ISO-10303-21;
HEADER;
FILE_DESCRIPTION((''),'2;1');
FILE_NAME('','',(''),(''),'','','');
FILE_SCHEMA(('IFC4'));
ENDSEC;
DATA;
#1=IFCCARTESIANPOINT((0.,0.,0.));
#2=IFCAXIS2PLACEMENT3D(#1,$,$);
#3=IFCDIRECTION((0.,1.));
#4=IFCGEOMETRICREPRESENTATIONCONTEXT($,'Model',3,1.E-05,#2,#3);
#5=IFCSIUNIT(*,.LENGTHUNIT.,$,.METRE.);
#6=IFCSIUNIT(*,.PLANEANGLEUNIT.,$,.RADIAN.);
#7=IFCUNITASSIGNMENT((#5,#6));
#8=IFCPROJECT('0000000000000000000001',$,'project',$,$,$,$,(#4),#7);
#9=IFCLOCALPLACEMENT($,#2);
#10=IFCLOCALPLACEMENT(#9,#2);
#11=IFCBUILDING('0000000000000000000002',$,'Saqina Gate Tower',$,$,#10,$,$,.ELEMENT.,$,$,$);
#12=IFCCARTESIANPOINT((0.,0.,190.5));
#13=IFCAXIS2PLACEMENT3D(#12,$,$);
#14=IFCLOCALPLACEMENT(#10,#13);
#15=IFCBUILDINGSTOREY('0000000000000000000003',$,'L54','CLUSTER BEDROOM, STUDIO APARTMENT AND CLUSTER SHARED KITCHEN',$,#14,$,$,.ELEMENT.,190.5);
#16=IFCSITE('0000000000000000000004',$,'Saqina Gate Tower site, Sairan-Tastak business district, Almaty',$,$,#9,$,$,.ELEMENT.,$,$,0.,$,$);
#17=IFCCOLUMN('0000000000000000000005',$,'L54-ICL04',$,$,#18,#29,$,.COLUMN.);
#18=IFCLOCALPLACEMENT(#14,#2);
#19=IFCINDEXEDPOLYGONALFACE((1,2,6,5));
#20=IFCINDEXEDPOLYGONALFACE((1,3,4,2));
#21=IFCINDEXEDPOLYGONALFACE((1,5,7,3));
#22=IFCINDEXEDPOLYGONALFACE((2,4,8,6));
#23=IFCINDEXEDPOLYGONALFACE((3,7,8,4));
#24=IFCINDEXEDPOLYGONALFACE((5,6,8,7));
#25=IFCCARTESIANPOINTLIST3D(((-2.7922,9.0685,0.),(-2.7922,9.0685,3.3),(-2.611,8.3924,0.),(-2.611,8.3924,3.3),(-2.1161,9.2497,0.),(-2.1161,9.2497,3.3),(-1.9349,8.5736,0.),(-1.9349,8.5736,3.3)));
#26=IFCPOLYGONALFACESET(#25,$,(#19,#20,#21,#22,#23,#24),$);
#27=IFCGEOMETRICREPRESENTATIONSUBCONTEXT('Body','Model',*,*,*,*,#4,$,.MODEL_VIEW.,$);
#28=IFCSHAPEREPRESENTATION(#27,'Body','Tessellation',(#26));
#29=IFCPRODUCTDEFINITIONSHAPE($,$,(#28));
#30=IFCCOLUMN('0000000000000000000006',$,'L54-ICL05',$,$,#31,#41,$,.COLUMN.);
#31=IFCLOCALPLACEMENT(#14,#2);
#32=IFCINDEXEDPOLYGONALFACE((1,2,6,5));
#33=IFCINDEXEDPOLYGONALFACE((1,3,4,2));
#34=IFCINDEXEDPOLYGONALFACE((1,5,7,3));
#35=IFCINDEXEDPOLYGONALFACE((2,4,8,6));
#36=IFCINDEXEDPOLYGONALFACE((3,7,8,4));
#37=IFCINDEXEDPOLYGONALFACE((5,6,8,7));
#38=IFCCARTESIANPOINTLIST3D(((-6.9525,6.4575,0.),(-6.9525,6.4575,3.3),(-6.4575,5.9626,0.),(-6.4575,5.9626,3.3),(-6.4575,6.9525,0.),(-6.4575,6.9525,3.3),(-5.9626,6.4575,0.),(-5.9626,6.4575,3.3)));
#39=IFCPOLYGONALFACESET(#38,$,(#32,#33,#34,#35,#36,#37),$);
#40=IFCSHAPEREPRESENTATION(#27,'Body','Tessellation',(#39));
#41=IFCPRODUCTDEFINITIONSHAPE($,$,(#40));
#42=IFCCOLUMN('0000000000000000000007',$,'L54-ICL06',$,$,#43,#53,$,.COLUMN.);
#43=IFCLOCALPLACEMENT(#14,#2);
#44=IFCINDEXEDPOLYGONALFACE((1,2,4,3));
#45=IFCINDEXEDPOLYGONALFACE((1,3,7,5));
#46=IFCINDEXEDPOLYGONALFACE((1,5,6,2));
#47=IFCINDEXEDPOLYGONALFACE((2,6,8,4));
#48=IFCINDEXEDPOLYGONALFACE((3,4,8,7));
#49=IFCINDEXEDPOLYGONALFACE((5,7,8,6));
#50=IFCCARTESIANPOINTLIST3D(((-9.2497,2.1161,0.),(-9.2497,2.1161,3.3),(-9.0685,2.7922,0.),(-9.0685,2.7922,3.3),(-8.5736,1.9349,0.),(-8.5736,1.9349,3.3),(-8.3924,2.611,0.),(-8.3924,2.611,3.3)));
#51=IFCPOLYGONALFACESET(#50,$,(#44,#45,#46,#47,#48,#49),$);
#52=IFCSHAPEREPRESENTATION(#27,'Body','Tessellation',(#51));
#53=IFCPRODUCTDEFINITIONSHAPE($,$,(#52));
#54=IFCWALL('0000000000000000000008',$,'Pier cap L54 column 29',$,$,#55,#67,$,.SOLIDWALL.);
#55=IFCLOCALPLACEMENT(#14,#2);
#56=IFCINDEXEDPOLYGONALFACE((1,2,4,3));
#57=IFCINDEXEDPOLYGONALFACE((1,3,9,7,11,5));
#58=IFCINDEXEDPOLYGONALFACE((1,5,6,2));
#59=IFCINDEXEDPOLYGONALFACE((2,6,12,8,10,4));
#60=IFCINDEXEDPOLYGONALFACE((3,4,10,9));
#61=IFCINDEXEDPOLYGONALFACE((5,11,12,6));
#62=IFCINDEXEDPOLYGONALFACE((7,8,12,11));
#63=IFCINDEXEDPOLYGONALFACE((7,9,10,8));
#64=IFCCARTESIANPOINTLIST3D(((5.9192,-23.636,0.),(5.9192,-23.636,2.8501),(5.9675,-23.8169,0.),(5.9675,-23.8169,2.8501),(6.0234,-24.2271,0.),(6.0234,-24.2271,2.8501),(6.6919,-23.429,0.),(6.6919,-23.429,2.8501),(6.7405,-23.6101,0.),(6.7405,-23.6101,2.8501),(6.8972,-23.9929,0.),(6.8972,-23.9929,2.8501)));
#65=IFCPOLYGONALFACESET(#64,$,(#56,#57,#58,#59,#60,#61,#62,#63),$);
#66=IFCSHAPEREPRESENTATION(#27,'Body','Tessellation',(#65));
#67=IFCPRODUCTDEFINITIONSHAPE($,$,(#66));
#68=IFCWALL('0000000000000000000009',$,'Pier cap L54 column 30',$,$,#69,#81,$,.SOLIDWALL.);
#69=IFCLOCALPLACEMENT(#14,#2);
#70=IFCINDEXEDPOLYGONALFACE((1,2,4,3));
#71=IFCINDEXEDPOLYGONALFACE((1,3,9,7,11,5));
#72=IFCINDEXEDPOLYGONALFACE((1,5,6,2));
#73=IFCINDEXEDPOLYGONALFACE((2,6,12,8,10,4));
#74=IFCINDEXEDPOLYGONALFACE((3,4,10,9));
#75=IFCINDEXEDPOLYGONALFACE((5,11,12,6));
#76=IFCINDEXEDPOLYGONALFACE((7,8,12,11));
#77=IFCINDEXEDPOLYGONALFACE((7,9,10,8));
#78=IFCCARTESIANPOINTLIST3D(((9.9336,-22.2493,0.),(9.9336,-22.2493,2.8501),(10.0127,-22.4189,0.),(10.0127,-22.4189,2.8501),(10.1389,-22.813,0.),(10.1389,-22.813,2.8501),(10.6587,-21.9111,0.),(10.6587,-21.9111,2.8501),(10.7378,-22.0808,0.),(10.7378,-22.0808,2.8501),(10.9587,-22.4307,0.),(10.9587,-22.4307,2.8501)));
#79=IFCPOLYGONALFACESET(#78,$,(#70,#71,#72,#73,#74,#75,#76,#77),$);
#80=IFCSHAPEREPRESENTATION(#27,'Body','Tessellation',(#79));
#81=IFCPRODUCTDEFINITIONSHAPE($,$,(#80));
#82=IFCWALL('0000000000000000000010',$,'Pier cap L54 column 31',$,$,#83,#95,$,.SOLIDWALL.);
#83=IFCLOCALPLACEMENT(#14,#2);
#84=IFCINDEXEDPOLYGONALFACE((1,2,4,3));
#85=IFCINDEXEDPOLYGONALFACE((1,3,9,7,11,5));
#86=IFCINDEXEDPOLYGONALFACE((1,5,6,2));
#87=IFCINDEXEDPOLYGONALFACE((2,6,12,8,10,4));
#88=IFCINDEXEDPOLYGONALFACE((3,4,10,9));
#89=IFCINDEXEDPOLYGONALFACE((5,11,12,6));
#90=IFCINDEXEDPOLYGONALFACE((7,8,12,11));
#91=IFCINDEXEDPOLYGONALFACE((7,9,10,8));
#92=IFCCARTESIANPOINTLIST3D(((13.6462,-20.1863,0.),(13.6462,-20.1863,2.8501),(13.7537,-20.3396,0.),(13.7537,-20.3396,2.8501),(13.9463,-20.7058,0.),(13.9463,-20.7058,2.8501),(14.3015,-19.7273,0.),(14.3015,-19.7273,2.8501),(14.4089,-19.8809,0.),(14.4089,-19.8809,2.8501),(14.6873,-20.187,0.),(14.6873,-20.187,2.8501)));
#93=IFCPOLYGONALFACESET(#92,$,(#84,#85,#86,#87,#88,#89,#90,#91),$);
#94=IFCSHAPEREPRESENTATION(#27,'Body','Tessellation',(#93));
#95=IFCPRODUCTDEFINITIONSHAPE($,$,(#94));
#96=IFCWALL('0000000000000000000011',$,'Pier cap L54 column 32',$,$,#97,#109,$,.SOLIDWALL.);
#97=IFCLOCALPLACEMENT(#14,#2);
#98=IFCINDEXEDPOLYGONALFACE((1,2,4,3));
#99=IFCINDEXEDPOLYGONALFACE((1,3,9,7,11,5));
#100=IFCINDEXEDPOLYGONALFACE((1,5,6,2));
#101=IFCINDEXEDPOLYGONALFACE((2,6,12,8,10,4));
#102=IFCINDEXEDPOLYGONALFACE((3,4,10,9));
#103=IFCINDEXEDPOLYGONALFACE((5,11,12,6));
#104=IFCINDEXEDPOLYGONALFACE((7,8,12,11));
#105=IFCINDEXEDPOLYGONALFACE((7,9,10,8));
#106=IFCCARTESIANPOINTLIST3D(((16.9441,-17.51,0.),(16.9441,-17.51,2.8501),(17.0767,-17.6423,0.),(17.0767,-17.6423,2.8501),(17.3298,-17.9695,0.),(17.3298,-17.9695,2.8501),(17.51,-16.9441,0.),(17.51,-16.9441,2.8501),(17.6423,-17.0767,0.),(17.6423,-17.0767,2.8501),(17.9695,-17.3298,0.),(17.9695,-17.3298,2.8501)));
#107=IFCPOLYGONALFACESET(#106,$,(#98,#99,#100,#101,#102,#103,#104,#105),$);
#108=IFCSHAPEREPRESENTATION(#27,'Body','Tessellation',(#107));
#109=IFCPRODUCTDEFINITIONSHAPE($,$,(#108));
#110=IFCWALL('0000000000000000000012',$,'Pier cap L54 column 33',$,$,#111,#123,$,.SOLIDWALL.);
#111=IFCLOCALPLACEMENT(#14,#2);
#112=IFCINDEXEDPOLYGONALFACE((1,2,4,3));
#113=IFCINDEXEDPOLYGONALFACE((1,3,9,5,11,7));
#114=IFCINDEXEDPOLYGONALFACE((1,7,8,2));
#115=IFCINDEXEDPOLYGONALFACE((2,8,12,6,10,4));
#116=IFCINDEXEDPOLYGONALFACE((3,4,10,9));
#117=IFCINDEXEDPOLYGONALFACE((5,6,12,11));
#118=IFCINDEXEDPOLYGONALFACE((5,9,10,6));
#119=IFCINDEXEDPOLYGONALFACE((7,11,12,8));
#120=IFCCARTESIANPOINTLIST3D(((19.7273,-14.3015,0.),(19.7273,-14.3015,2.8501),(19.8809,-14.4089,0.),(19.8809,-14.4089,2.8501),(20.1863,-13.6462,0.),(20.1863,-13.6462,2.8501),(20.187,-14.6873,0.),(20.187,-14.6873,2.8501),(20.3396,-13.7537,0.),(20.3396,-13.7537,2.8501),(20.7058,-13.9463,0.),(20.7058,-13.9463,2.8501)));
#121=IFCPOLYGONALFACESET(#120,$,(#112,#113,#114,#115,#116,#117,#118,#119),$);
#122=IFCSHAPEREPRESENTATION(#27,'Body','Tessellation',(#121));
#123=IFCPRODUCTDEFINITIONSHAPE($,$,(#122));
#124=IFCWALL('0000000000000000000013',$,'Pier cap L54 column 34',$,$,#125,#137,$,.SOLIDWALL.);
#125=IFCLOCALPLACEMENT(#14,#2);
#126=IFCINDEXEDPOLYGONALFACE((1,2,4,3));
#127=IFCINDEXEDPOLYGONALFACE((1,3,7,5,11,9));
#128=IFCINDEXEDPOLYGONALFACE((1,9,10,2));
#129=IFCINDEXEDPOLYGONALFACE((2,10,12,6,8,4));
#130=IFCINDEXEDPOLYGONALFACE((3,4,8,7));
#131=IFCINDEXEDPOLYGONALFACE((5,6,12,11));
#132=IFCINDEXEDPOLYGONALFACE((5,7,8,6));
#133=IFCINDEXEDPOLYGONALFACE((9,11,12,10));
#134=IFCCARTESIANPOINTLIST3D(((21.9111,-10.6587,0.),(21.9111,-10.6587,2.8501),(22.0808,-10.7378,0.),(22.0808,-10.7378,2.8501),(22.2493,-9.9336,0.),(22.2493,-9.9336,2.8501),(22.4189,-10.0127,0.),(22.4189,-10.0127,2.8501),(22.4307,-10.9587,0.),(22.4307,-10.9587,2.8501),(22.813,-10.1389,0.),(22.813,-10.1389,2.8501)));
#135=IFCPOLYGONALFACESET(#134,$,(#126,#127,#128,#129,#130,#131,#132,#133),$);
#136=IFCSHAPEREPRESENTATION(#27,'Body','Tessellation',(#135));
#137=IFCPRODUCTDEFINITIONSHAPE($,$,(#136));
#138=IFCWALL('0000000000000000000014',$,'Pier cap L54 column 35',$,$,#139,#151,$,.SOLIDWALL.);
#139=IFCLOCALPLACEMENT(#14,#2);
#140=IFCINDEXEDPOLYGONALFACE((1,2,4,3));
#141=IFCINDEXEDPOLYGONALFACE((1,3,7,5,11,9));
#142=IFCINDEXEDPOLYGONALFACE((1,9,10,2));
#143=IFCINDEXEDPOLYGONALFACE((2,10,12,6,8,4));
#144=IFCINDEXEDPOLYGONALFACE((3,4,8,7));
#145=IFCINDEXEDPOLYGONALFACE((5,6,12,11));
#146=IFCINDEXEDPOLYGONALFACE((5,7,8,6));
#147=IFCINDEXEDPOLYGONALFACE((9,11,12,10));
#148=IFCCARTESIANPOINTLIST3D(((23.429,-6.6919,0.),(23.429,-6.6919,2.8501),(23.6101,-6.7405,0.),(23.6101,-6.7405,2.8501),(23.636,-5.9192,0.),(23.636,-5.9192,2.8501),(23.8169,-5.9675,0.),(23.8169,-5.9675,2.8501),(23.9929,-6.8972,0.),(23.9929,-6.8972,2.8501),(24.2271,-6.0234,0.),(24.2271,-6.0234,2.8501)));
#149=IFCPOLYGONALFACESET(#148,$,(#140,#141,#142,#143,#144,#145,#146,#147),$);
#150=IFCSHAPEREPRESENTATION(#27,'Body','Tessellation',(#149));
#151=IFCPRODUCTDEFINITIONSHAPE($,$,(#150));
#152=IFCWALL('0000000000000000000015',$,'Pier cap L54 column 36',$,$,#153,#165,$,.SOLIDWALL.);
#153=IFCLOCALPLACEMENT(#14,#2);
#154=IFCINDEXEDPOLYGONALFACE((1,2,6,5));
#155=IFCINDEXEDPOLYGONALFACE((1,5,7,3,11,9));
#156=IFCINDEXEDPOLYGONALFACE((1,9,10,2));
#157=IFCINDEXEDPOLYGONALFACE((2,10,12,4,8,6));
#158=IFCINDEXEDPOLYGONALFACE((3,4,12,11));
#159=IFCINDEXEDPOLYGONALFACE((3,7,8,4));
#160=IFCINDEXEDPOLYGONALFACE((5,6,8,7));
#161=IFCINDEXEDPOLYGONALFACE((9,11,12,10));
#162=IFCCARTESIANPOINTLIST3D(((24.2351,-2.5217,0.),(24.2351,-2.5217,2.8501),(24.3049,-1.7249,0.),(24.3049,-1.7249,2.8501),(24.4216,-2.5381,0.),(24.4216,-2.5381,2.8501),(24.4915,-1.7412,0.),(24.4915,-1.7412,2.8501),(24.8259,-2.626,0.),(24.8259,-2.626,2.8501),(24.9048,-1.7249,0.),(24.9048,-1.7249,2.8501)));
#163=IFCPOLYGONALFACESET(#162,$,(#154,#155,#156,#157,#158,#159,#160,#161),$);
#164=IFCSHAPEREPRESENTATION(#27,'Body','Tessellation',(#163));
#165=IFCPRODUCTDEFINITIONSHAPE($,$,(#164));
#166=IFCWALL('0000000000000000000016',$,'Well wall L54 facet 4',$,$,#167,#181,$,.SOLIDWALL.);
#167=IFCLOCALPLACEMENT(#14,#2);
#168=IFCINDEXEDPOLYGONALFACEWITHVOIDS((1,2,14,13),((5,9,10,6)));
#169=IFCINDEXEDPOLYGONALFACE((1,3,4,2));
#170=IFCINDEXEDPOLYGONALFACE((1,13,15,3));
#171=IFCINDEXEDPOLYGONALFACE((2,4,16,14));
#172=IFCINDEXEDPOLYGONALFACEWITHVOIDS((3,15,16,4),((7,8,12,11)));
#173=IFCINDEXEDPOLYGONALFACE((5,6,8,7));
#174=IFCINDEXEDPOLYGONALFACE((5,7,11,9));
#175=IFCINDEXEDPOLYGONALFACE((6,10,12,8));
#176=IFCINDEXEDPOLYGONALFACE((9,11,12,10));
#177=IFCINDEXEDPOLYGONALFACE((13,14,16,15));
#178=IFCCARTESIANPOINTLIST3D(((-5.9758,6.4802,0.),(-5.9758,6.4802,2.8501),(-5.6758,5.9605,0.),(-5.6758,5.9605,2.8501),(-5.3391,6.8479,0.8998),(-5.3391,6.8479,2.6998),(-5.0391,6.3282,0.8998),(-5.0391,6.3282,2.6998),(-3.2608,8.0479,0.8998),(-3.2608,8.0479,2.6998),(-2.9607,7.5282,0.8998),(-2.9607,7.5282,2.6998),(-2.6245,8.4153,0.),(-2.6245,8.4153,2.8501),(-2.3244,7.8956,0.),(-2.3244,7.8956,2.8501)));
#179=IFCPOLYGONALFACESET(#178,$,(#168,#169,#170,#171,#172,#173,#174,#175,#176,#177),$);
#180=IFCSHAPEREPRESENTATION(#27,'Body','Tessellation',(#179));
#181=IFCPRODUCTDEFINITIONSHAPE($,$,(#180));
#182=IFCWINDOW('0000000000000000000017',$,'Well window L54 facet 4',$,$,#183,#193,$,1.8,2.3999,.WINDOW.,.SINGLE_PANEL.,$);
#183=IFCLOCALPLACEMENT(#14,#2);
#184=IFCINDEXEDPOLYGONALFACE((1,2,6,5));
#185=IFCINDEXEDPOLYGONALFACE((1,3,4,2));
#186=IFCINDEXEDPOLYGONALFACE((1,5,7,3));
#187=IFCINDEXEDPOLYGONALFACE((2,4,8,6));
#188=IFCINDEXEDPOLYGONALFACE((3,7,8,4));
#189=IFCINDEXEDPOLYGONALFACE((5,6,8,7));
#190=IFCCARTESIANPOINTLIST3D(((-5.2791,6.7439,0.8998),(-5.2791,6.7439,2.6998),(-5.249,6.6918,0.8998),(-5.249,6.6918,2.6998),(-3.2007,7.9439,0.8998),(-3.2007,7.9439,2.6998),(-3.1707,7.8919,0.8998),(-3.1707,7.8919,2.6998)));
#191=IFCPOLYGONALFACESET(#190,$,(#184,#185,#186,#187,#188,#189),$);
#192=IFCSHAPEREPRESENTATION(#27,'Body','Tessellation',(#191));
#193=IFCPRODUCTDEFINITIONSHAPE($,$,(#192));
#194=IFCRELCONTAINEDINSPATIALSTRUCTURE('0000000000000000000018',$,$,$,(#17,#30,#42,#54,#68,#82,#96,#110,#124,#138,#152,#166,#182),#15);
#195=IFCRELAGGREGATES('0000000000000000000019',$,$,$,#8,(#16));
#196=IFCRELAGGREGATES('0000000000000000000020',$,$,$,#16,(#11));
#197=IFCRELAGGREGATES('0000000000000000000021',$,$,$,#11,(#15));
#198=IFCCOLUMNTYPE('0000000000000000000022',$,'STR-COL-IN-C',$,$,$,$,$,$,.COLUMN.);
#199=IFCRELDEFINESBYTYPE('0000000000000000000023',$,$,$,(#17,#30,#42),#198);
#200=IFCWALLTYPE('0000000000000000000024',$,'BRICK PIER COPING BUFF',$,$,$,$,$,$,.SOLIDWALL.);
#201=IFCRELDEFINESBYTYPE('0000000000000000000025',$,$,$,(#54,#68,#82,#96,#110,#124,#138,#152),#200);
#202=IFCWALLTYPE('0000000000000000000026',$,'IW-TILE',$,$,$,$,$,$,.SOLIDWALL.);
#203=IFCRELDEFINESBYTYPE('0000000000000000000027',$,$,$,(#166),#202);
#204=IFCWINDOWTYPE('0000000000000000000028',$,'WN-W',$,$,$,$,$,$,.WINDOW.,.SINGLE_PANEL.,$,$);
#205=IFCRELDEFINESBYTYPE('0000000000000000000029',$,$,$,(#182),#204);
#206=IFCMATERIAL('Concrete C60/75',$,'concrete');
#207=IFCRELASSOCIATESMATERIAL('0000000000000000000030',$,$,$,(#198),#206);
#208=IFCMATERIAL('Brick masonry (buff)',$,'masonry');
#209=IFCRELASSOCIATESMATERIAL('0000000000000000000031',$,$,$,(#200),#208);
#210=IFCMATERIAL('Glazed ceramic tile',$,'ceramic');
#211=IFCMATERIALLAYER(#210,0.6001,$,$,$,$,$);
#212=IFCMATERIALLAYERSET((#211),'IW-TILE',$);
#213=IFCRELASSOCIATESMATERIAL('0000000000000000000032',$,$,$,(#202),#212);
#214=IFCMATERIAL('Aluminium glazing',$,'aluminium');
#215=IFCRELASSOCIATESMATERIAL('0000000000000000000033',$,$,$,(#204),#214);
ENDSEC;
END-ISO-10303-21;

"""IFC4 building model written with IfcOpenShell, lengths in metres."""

from ifc_helpers import new_model, si_unit, direction, frame, frame_2d, origin, origin_2d, place, context, subcontext, project, spatial, polyline, rectangle, outline, extrude, material, layer, layer_set, material_profile, profile_set, type_object, element, fill, save


model = new_model("IFC4")

# Units and contexts
model_context = context("Model", 3, precision=1e-05, world=origin(), true_north=direction((0.0, 1.0)))
body_context = subcontext(model_context, "Body", "Model", "MODEL_VIEW")
ifc_project = project(units=[si_unit("LENGTHUNIT", "METRE"), si_unit("PLANEANGLEUNIT", "RADIAN")], contexts=[model_context])

# Site, building, storey
site_placement = place(None, origin())
site = spatial("IfcSite", under=ifc_project, at=site_placement, Name="Saqina Gate Tower site, Sairan-Tastak business district, Almaty", CompositionType="ELEMENT", RefElevation=0.0)
building_placement = place(site_placement, origin())
building = spatial("IfcBuilding", under=site, at=building_placement, Name="Saqina Gate Tower", CompositionType="ELEMENT")
storey_placement = place(building_placement, frame((0.0, 0.0, 190.5)))
storey = spatial("IfcBuildingStorey", under=building, at=storey_placement, Name="L54", Description="CLUSTER BEDROOM, STUDIO APARTMENT AND CLUSTER SHARED KITCHEN", CompositionType="ELEMENT", Elevation=190.5)

# Columns
ifc_material_1 = material(Name="Concrete C60/75", Category="concrete")
ifc_material_profile = material_profile(ifc_material_1, rectangle(XDim=0.7, YDim=0.7, at=origin_2d()), Name="RC 700x700")
ifc_profile_set = profile_set([ifc_material_profile], Name="Concrete C60/75")
column_type = type_object("IfcColumnType", Name="STR-COL-IN-C", PredefinedType="COLUMN", material=ifc_profile_set)
for number, where, z_axis, x_axis, name in (
    (1, (-2.3635, 8.821, 0.0), (0.0, 0.0, 1.0), (-0.258819, 0.965926, 0.0), "L54-ICL04"),
    (2, (-6.4575, 6.4575, 0.0), (0.0, 0.0, 1.0), (-0.707107, 0.707107, 0.0), "L54-ICL05"),
    (3, (-8.821, 2.3635, 0.0), (0.0, 0.0, 1.0), (-0.965926, 0.258819, 0.0), "L54-ICL06"),
):
    element("IfcColumn", number, at=place(storey_placement, frame(where, z_axis=z_axis, x_axis=x_axis)), inside=storey, type_object=column_type, Name=name, PredefinedType="COLUMN", context=body_context, shape_type="SweptSolid", body=[
        extrude(rectangle(XDim=0.7, YDim=0.7, at=origin_2d()), origin(), (0.0, 0.0, 1.0), 3.3),
    ])

# Walls
ifc_material_2 = material(Name="Brick masonry (buff)", Category="masonry")
wall_type_1 = type_object("IfcWallType", Name="BRICK PIER COPING BUFF", PredefinedType="SOLIDWALL", material=ifc_material_2)
wall_1_placement = place(storey_placement, origin())
element("IfcWall", 4, at=wall_1_placement, inside=storey, type_object=wall_type_1, Name="Pier cap L54 column 29", PredefinedType="SOLIDWALL", context=body_context, shape_type="SweptSolid", body=[
    extrude(outline(polyline([(6.0234, -24.2271), (6.8972, -23.9929), (6.6919, -23.429), (6.7405, -23.6101), (5.9675, -23.8169), (5.9192, -23.636), (6.0234, -24.2271)])), origin(), (0.0, 0.0, 1.0), 2.8501),
])
wall_2_placement = place(storey_placement, origin())
element("IfcWall", 5, at=wall_2_placement, inside=storey, type_object=wall_type_1, Name="Pier cap L54 column 30", PredefinedType="SOLIDWALL", context=body_context, shape_type="SweptSolid", body=[
    extrude(outline(polyline([(10.9587, -22.4307), (10.6587, -21.9111), (10.7378, -22.0808), (10.0127, -22.4189), (9.9336, -22.2493), (10.1389, -22.813), (10.9587, -22.4307)])), origin(), (0.0, 0.0, 1.0), 2.8501),
])
wall_3_placement = place(storey_placement, origin())
element("IfcWall", 6, at=wall_3_placement, inside=storey, type_object=wall_type_1, Name="Pier cap L54 column 31", PredefinedType="SOLIDWALL", context=body_context, shape_type="SweptSolid", body=[
    extrude(outline(polyline([(13.9463, -20.7058), (14.6873, -20.187), (14.3015, -19.7273), (14.4089, -19.8809), (13.7537, -20.3396), (13.6462, -20.1863), (13.9463, -20.7058)])), origin(), (0.0, 0.0, 1.0), 2.8501),
])
wall_4_placement = place(storey_placement, origin())
element("IfcWall", 7, at=wall_4_placement, inside=storey, type_object=wall_type_1, Name="Pier cap L54 column 32", PredefinedType="SOLIDWALL", context=body_context, shape_type="SweptSolid", body=[
    extrude(outline(polyline([(17.9695, -17.3298), (17.51, -16.9441), (17.6423, -17.0767), (17.0767, -17.6423), (16.9441, -17.51), (17.3298, -17.9695), (17.9695, -17.3298)])), origin(), (0.0, 0.0, 1.0), 2.8501),
])
wall_5_placement = place(storey_placement, origin())
element("IfcWall", 8, at=wall_5_placement, inside=storey, type_object=wall_type_1, Name="Pier cap L54 column 33", PredefinedType="SOLIDWALL", context=body_context, shape_type="SweptSolid", body=[
    extrude(outline(polyline([(20.187, -14.6873), (20.7058, -13.9463), (20.1863, -13.6462), (20.3396, -13.7537), (19.8809, -14.4089), (19.7273, -14.3015), (20.187, -14.6873)])), origin(), (0.0, 0.0, 1.0), 2.8501),
])
wall_6_placement = place(storey_placement, origin())
element("IfcWall", 9, at=wall_6_placement, inside=storey, type_object=wall_type_1, Name="Pier cap L54 column 34", PredefinedType="SOLIDWALL", context=body_context, shape_type="SweptSolid", body=[
    extrude(outline(polyline([(22.813, -10.1389), (22.2493, -9.9336), (22.4189, -10.0127), (22.0808, -10.7378), (21.9111, -10.6587), (22.4307, -10.9587), (22.813, -10.1389)])), origin(), (0.0, 0.0, 1.0), 2.8501),
])
wall_7_placement = place(storey_placement, origin())
element("IfcWall", 10, at=wall_7_placement, inside=storey, type_object=wall_type_1, Name="Pier cap L54 column 35", PredefinedType="SOLIDWALL", context=body_context, shape_type="SweptSolid", body=[
    extrude(outline(polyline([(24.2271, -6.0234), (23.636, -5.9192), (23.8169, -5.9675), (23.6101, -6.7405), (23.429, -6.6919), (23.9929, -6.8972), (24.2271, -6.0234)])), origin(), (0.0, 0.0, 1.0), 2.8501),
])
wall_8_placement = place(storey_placement, origin())
element("IfcWall", 11, at=wall_8_placement, inside=storey, type_object=wall_type_1, Name="Pier cap L54 column 36", PredefinedType="SOLIDWALL", context=body_context, shape_type="SweptSolid", body=[
    extrude(outline(polyline([(24.8259, -2.626), (24.9048, -1.7249), (24.3049, -1.7249), (24.4915, -1.7412), (24.4216, -2.5381), (24.2351, -2.5217), (24.8259, -2.626)])), origin(), (0.0, 0.0, 1.0), 2.8501),
])

# Wall, opening, window
ifc_material_3 = material(Name="Glazed ceramic tile", Category="ceramic")
ifc_layer_1 = layer(ifc_material_3, 0.6001)
ifc_layer_set_1 = layer_set([ifc_layer_1], Name="IW-TILE")
wall_type_2 = type_object("IfcWallType", Name="IW-TILE", PredefinedType="SOLIDWALL", material=ifc_layer_set_1)
wall_9_placement = place(storey_placement, frame((-2.4744, 8.1555, 0.0), z_axis=(0.0, 0.0, 1.0), x_axis=(-0.866006, -0.500034, 0.0)))
wall_9 = element("IfcWall", 12, at=wall_9_placement, inside=storey, type_object=wall_type_2, Name="Well wall L54 facet 4", PredefinedType="SOLIDWALL", context=body_context, shape_type="SweptSolid", body=[
    extrude(rectangle(XDim=3.8699, YDim=0.6001, at=frame_2d((1.9351, 0.0))), origin(), (0.0, 0.0, 1.0), 2.8501),
])
opening_1_placement = place(wall_9_placement, frame((0.7349, 0.0, 0.8999)))
opening_1 = element("IfcOpeningElement", 13, at=opening_1_placement, cuts=wall_9, PredefinedType="OPENING", context=body_context, shape_type="SweptSolid", body=[
    extrude(rectangle(XDim=2.3999, YDim=1.8, at=frame_2d((1.2, 0.8999))), frame((0.0, 0.312, 0.0), z_axis=(0.0, -1.0, 0.0), x_axis=(1.0, 0.0, 0.0)), (0.0, 0.0, 1.0), 0.624),
])
ifc_material_4 = material(Name="Aluminium glazing", Category="aluminium")
window_type = type_object("IfcWindowType", Name="WN-W", PartitioningType="SINGLE_PANEL", PredefinedType="WINDOW", material=ifc_material_4)
window_1_placement = place(opening_1_placement, origin())
window_1 = element("IfcWindow", 14, at=window_1_placement, inside=storey, type_object=window_type, Name="Well window L54 facet 4", OverallHeight=1.8, OverallWidth=2.3999, PartitioningType="SINGLE_PANEL", PredefinedType="WINDOW", context=body_context, shape_type="SweptSolid", body=[
    extrude(rectangle(XDim=2.3999, YDim=1.8, at=frame_2d((1.2, 0.8999))), frame((0.0, -0.1199, 0.0), z_axis=(0.0, -1.0, 0.0), x_axis=(1.0, 0.0, 0.0)), (0.0, 0.0, 1.0), 0.0601),
])
fill(opening_1, window_1)

save(model, "model.ifc")
